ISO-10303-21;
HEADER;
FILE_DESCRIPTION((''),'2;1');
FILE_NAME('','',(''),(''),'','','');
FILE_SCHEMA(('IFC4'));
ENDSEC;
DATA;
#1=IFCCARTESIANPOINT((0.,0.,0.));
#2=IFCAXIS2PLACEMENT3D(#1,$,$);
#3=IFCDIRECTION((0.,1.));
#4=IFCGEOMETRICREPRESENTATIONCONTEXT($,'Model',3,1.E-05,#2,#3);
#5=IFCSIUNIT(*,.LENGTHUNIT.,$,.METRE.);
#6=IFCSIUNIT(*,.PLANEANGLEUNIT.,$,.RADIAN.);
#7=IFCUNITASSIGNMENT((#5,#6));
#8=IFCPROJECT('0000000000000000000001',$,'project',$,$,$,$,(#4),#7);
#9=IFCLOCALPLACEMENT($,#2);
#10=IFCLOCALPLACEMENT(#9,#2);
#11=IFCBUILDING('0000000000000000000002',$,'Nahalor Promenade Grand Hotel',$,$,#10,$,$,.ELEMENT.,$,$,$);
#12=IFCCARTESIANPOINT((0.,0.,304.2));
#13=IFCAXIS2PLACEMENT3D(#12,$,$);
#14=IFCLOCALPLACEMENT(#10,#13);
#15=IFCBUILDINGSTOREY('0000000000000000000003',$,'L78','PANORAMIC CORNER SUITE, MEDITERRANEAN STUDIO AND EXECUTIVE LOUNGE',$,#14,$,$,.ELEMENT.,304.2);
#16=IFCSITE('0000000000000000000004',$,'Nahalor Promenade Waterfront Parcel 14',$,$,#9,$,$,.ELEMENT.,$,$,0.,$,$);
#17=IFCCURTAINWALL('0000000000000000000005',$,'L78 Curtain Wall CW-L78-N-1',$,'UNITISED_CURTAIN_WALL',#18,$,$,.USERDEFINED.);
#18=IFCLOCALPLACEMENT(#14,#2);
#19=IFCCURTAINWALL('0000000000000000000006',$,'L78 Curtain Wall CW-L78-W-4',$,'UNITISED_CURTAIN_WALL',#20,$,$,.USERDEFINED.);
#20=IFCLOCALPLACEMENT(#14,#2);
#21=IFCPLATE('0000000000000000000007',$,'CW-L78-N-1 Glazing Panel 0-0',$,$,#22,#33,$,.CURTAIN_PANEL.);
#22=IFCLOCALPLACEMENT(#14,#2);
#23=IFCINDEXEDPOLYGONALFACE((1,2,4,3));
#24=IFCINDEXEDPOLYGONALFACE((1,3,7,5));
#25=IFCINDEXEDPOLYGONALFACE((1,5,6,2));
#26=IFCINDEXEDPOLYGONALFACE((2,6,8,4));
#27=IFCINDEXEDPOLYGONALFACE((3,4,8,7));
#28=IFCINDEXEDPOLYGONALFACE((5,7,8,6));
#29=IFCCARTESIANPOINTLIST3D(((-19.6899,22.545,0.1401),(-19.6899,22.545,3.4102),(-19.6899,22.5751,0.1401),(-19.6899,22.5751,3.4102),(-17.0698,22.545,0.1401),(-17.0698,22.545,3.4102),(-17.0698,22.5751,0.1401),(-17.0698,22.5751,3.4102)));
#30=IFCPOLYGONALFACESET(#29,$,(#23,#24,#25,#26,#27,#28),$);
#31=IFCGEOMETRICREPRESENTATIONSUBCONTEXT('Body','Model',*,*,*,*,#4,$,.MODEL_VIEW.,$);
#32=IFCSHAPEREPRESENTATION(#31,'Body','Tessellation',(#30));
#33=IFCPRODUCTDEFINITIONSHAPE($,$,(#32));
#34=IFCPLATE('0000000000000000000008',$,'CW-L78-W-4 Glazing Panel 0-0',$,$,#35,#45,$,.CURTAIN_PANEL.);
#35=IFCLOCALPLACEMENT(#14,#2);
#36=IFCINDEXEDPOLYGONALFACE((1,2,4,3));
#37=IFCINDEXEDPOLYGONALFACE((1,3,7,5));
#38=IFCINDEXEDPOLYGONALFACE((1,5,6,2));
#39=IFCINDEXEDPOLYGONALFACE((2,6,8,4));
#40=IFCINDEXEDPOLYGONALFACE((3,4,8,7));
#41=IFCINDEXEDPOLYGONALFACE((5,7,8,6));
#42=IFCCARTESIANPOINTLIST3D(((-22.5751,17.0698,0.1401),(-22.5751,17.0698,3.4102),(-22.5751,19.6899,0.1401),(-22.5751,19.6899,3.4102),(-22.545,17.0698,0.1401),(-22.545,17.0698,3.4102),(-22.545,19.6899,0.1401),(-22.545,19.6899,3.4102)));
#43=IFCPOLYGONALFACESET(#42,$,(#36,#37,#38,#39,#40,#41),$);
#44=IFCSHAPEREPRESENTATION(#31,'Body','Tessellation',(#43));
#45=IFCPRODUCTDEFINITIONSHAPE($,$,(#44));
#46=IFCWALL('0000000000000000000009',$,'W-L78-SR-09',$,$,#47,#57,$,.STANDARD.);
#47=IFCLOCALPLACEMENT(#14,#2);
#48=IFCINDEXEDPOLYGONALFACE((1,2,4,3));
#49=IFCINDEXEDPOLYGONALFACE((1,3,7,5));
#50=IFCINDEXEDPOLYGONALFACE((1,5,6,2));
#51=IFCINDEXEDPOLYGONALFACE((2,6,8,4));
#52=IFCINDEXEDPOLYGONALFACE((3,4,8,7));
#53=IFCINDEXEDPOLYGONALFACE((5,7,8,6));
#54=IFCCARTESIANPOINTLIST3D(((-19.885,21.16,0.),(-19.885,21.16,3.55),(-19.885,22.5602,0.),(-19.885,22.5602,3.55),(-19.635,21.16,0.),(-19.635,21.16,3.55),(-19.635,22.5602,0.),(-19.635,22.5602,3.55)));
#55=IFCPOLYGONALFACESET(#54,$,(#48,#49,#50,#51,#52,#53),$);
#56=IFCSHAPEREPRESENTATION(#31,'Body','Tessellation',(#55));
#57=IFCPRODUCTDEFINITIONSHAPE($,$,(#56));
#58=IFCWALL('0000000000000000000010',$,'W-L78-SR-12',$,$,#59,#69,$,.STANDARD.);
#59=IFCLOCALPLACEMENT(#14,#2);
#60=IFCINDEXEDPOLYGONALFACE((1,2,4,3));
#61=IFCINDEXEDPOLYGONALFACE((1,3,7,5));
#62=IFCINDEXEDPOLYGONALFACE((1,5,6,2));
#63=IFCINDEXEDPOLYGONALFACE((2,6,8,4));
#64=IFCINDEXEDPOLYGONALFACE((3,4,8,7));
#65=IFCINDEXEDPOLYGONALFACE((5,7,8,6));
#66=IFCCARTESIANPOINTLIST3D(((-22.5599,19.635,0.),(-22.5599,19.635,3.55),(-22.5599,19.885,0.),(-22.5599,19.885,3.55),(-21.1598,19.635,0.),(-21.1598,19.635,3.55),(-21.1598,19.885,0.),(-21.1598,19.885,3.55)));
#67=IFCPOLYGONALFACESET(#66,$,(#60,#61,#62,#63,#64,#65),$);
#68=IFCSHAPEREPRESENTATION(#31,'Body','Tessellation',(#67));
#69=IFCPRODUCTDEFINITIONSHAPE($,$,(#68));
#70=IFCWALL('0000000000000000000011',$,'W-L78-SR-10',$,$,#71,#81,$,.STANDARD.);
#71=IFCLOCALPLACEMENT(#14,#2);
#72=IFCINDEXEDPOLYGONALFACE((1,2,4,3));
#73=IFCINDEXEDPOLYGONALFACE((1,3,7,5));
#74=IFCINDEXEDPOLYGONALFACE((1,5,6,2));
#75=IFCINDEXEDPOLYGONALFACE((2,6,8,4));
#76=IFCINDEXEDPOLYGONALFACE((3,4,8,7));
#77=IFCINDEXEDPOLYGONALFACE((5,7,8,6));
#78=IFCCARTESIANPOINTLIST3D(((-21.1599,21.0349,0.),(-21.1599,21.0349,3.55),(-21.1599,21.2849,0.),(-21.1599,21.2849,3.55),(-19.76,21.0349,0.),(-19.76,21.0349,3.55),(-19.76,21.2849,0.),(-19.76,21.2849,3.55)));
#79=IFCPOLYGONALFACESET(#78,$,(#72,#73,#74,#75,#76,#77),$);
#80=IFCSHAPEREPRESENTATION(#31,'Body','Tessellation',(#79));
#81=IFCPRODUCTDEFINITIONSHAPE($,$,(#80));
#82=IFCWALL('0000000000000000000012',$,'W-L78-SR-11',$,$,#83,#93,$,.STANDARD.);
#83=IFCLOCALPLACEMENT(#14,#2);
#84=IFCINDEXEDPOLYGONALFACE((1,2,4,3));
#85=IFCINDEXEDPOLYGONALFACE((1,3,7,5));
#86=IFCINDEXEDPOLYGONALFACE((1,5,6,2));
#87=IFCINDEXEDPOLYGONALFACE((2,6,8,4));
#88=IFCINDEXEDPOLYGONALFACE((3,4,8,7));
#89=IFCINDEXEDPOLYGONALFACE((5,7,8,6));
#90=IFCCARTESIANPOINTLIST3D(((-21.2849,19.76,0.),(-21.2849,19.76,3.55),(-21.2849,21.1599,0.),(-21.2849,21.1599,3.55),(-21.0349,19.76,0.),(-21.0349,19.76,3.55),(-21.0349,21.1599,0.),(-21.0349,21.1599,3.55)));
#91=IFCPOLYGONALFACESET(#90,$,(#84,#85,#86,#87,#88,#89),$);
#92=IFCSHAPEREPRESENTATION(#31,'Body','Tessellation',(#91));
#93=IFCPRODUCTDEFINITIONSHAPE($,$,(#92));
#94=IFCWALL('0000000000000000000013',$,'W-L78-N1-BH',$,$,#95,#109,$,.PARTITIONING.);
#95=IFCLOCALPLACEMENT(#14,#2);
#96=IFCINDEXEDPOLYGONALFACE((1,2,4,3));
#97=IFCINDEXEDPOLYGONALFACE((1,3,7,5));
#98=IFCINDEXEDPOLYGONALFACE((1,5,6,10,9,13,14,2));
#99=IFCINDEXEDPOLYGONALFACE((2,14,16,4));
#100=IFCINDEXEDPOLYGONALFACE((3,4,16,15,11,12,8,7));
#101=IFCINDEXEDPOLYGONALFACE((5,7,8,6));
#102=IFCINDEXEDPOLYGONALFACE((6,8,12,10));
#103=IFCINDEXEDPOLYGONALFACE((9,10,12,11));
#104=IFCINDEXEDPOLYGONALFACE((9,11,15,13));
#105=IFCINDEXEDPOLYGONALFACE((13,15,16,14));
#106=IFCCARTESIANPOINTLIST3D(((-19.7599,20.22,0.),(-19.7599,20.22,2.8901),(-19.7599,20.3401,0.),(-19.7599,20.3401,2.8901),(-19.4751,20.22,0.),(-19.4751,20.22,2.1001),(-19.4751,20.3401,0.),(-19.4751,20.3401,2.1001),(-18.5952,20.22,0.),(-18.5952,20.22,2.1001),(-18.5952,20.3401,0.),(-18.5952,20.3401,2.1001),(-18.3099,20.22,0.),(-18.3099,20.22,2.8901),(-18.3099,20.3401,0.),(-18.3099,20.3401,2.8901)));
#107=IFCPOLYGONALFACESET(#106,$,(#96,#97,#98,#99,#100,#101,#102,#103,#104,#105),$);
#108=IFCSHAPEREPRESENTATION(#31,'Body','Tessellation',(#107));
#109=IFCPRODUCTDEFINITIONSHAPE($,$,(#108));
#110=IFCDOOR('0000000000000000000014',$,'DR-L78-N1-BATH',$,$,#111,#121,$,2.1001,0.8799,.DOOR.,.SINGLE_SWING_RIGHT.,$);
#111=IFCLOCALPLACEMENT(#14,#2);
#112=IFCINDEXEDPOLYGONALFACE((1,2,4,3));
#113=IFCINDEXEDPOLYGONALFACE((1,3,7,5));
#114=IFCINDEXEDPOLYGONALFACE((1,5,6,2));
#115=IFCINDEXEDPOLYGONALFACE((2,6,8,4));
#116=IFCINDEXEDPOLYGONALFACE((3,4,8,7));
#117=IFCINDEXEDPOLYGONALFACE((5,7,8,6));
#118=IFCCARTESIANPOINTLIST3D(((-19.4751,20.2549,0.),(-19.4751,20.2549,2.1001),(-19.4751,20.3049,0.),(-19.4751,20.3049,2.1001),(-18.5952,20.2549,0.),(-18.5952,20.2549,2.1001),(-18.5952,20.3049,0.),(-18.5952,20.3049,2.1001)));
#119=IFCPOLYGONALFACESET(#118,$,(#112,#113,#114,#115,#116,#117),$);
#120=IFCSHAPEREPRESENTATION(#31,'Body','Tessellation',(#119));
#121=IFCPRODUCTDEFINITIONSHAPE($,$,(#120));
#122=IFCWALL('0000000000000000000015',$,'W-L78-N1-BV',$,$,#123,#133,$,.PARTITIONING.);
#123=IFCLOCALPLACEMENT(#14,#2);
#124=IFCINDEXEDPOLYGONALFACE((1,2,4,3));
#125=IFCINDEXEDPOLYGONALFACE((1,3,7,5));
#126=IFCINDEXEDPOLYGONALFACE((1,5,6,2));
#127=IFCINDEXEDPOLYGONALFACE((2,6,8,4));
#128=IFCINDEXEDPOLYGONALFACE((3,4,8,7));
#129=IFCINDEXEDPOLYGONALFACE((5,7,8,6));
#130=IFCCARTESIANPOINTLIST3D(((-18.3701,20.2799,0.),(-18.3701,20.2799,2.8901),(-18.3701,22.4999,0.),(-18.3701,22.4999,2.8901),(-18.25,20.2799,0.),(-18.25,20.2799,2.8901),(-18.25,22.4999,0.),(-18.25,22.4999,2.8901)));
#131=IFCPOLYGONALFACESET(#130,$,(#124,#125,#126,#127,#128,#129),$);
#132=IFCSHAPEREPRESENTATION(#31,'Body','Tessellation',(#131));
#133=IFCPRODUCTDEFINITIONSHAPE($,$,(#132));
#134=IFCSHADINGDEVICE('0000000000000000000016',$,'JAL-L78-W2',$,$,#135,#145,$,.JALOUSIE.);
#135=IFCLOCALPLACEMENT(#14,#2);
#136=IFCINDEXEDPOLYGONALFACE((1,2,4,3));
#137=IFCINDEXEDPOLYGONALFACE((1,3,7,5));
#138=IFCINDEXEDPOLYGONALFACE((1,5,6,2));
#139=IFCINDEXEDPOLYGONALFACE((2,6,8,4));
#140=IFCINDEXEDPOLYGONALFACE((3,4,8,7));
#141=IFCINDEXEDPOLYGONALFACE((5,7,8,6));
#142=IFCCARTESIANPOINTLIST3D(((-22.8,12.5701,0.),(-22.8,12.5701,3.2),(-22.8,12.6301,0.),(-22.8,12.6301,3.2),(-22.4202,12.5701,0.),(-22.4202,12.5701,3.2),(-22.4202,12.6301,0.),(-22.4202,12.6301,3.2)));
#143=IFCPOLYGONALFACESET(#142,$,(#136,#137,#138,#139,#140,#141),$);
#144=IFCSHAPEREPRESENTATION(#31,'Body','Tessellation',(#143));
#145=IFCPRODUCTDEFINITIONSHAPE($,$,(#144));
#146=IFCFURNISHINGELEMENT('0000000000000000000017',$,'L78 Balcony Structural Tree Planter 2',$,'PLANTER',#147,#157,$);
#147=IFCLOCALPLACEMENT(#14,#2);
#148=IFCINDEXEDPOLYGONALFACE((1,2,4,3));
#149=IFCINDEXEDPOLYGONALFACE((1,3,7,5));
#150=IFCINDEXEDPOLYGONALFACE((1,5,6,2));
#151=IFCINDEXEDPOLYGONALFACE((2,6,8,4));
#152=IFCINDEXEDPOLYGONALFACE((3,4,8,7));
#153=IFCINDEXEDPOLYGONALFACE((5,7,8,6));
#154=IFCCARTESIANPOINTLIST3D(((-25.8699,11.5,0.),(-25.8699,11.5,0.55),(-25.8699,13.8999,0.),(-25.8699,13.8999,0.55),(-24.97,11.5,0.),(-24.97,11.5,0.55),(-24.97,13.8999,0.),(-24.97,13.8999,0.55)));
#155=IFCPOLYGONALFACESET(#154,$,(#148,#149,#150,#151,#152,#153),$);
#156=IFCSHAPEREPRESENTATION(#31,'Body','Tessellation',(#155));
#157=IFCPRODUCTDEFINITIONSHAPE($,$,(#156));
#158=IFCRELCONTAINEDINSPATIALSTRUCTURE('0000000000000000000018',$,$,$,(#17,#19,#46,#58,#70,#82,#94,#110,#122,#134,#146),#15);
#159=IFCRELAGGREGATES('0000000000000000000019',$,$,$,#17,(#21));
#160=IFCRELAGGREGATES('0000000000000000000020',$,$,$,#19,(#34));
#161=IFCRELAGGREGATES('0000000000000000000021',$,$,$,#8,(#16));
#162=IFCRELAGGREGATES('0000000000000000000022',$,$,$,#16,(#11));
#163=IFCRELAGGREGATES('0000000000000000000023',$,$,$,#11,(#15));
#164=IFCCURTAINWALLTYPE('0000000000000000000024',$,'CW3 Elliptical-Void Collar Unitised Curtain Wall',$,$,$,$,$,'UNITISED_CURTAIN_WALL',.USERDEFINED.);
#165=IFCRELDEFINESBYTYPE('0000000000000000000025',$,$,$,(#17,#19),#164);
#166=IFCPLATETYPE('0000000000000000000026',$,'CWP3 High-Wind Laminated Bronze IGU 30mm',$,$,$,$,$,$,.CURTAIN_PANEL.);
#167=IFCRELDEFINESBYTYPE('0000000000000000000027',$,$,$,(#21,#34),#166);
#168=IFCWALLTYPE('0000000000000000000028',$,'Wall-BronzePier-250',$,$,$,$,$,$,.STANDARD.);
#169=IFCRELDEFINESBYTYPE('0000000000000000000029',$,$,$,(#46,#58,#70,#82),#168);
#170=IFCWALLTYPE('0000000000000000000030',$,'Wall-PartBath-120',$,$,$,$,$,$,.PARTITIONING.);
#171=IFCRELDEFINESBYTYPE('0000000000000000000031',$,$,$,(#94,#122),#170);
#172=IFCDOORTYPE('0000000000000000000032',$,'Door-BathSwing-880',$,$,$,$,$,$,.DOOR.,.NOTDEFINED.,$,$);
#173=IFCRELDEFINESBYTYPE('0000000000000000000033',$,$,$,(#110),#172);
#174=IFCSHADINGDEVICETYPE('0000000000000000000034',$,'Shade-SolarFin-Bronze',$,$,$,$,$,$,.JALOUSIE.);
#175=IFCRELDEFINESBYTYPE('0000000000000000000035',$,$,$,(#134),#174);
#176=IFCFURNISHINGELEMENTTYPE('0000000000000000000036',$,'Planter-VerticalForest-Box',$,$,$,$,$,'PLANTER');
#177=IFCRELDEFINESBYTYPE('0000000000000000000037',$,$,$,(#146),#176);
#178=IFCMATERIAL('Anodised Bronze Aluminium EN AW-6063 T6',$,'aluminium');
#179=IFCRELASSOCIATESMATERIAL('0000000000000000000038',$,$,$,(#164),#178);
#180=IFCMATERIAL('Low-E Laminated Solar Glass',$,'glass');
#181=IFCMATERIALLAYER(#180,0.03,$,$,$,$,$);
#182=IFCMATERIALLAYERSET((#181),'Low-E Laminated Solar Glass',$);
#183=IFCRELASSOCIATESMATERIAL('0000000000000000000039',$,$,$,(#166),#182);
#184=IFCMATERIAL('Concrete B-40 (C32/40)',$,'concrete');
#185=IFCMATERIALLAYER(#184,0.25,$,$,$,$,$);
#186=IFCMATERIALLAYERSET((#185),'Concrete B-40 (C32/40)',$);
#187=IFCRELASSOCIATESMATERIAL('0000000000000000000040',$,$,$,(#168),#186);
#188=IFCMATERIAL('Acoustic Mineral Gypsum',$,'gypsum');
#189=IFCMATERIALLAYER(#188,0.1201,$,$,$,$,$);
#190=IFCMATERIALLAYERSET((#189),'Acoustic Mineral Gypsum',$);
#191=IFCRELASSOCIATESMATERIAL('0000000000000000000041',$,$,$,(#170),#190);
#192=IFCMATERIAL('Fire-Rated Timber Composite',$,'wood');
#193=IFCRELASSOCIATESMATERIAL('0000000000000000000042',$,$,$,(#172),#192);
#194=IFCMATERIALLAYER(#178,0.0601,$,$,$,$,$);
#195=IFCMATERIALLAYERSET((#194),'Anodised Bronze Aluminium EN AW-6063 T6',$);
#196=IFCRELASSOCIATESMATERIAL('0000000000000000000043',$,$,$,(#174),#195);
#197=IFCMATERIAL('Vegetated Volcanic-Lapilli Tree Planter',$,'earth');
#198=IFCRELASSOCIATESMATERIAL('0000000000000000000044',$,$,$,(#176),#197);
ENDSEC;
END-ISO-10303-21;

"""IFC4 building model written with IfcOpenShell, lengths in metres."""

from ifc_helpers import new_model, si_unit, direction, frame, frame_2d, origin, origin_2d, place, context, subcontext, project, spatial, rectangle, extrude, source, transform, mapped, material, layer, layer_set, type_object, element, fill, aggregate, save


model = new_model("IFC4")

# Units and contexts
model_context = context("Model", 3, precision=1e-05, world=origin(), true_north=direction((0.0, 1.0)))
body_context = subcontext(model_context, "Body", "Model", "MODEL_VIEW")
ifc_project = project(units=[si_unit("LENGTHUNIT", "METRE"), si_unit("PLANEANGLEUNIT", "RADIAN")], contexts=[model_context])

# Site, building, storey
site_placement = place(None, origin())
site = spatial("IfcSite", under=ifc_project, at=site_placement, Name="Nahalor Promenade Waterfront Parcel 14", CompositionType="ELEMENT", RefElevation=0.0)
building_placement = place(site_placement, origin())
building = spatial("IfcBuilding", under=site, at=building_placement, Name="Nahalor Promenade Grand Hotel", CompositionType="ELEMENT")
storey_placement = place(building_placement, frame((0.0, 0.0, 304.2)))
storey = spatial("IfcBuildingStorey", under=building, at=storey_placement, Name="L78", Description="PANORAMIC CORNER SUITE, MEDITERRANEAN STUDIO AND EXECUTIVE LOUNGE", CompositionType="ELEMENT", Elevation=304.2)

# Curtain walls
ifc_material_1 = material(Name="Anodised Bronze Aluminium EN AW-6063 T6", Category="aluminium")
curtain_wall_type = type_object("IfcCurtainWallType", Name="CW3 Elliptical-Void Collar Unitised Curtain Wall", ElementType="UNITISED_CURTAIN_WALL", PredefinedType="USERDEFINED", material=ifc_material_1)
curtain_wall_1_placement = place(storey_placement, origin())
curtain_wall_1 = element("IfcCurtainWall", 1, at=curtain_wall_1_placement, inside=storey, type_object=curtain_wall_type, Name="L78 Curtain Wall CW-L78-N-1", ObjectType="UNITISED_CURTAIN_WALL", PredefinedType="USERDEFINED")
curtain_wall_2_placement = place(storey_placement, origin())
curtain_wall_2 = element("IfcCurtainWall", 2, at=curtain_wall_2_placement, inside=storey, type_object=curtain_wall_type, Name="L78 Curtain Wall CW-L78-W-4", ObjectType="UNITISED_CURTAIN_WALL", PredefinedType="USERDEFINED")

# Plates
ifc_material_2 = material(Name="Low-E Laminated Solar Glass", Category="glass")
ifc_layer_1 = layer(ifc_material_2, 0.03)
ifc_layer_set_1 = layer_set([ifc_layer_1], Name="Low-E Laminated Solar Glass")
plate_type = type_object("IfcPlateType", Name="CWP3 High-Wind Laminated Bronze IGU 30mm", PredefinedType="CURTAIN_PANEL", material=ifc_layer_set_1)
shared_shape_1 = source(origin(), body_context, "Body", "SweptSolid", [
    extrude(rectangle(XDim=2.6201, YDim=0.03, at=origin_2d()), origin(), (0.0, 0.0, 1.0), 3.27),
])
plate_1_placement = place(storey_placement, frame((-18.3799, 22.5601, 0.1401), z_axis=(0.0, 0.0, 1.0), x_axis=(1.0, 0.0, 0.0)))
plate_1 = element("IfcPlate", 3, at=plate_1_placement, type_object=plate_type, Name="CW-L78-N-1 Glazing Panel 0-0", PredefinedType="CURTAIN_PANEL", context=body_context, shape_type="MappedRepresentation", body=[
    mapped(shared_shape_1, transform((0.0, 0.0, 0.0), scale=1.0)),
])
aggregate(curtain_wall_1, [plate_1])
plate_2_placement = place(storey_placement, frame((-22.5601, 18.3799, 0.1401), z_axis=(0.0, 0.0, 1.0), x_axis=(0.0, 1.0, 0.0)))
plate_2 = element("IfcPlate", 4, at=plate_2_placement, type_object=plate_type, Name="CW-L78-W-4 Glazing Panel 0-0", PredefinedType="CURTAIN_PANEL", context=body_context, shape_type="MappedRepresentation", body=[
    mapped(shared_shape_1, transform((0.0, 0.0, 0.0), scale=1.0)),
])
aggregate(curtain_wall_2, [plate_2])

# Walls
ifc_material_3 = material(Name="Concrete B-40 (C32/40)", Category="concrete")
ifc_layer_2 = layer(ifc_material_3, 0.25)
ifc_layer_set_2 = layer_set([ifc_layer_2], Name="Concrete B-40 (C32/40)")
wall_type_1 = type_object("IfcWallType", Name="Wall-BronzePier-250", PredefinedType="STANDARD", material=ifc_layer_set_2)
shared_shape_2 = source(origin(), body_context, "Body", "SweptSolid", [
    extrude(rectangle(XDim=1.4001, YDim=0.25, at=frame_2d((0.7002, 0.0))), origin(), (0.0, 0.0, 1.0), 3.55),
])
for number, where, z_axis, x_axis, name in (
    (5, (-19.76, 21.1599, 0.0), (0.0, 0.0, 1.0), (0.0, 1.0, 0.0), "W-L78-SR-09"),
    (6, (-22.5601, 19.76, 0.0), (0.0, 0.0, 1.0), (1.0, 0.0, 0.0), "W-L78-SR-12"),
):
    element("IfcWall", number, at=place(storey_placement, frame(where, z_axis=z_axis, x_axis=x_axis)), inside=storey, type_object=wall_type_1, Name=name, PredefinedType="STANDARD", context=body_context, shape_type="MappedRepresentation", body=[
        mapped(shared_shape_2, transform((0.0, 0.0, 0.0), scale=1.0)),
    ])
shared_shape_3 = source(origin(), body_context, "Body", "SweptSolid", [
    extrude(rectangle(XDim=1.3999, YDim=0.25, at=frame_2d((0.7, 0.0))), origin(), (0.0, 0.0, 1.0), 3.55),
])
for number, where, z_axis, x_axis, name in (
    (7, (-21.1599, 21.1599, 0.0), (0.0, 0.0, 1.0), (1.0, 0.0, 0.0), "W-L78-SR-10"),
    (8, (-21.1599, 19.76, 0.0), (0.0, 0.0, 1.0), (0.0, 1.0, 0.0), "W-L78-SR-11"),
):
    element("IfcWall", number, at=place(storey_placement, frame(where, z_axis=z_axis, x_axis=x_axis)), inside=storey, type_object=wall_type_1, Name=name, PredefinedType="STANDARD", context=body_context, shape_type="MappedRepresentation", body=[
        mapped(shared_shape_3, transform((0.0, 0.0, 0.0), scale=1.0)),
    ])

# Wall, opening, door
ifc_material_4 = material(Name="Acoustic Mineral Gypsum", Category="gypsum")
ifc_layer_3 = layer(ifc_material_4, 0.1201)
ifc_layer_set_3 = layer_set([ifc_layer_3], Name="Acoustic Mineral Gypsum")
wall_type_2 = type_object("IfcWallType", Name="Wall-PartBath-120", PredefinedType="PARTITIONING", material=ifc_layer_set_3)
shared_shape_4 = source(origin(), body_context, "Body", "SweptSolid", [
    extrude(rectangle(XDim=1.45, YDim=0.1201, at=frame_2d((0.7251, 0.0))), origin(), (0.0, 0.0, 1.0), 2.8901),
])
wall_1_placement = place(storey_placement, frame((-19.76, 20.28, 0.0), z_axis=(0.0, 0.0, 1.0), x_axis=(1.0, 0.0, 0.0)))
wall_1 = element("IfcWall", 9, at=wall_1_placement, inside=storey, type_object=wall_type_2, Name="W-L78-N1-BH", PredefinedType="PARTITIONING", context=body_context, shape_type="MappedRepresentation", body=[
    mapped(shared_shape_4, transform((0.0, 0.0, 0.0), scale=1.0)),
])
opening_placement = place(wall_1_placement, frame((0.2849, 0.0, 0.0)))
opening = element("IfcOpeningElement", 10, at=opening_placement, cuts=wall_1, PredefinedType="OPENING", context=body_context, shape_type="SweptSolid", body=[
    extrude(rectangle(XDim=0.8799, YDim=2.1001, at=frame_2d((0.4399, 1.05))), frame((0.0, 0.0701, 0.0), z_axis=(0.0, -1.0, 0.0), x_axis=(1.0, 0.0, 0.0)), (0.0, 0.0, 1.0), 0.1401),
])
ifc_material_5 = material(Name="Fire-Rated Timber Composite", Category="wood")
door_type = type_object("IfcDoorType", Name="Door-BathSwing-880", OperationType="NOTDEFINED", PredefinedType="DOOR", material=ifc_material_5)
shared_shape_5 = source(origin(), body_context, "Body", "SweptSolid", [
    extrude(rectangle(XDim=0.8799, YDim=2.1001, at=frame_2d((0.4399, 1.05))), frame((0.0, 0.0249, 0.0), z_axis=(0.0, -1.0, 0.0), x_axis=(1.0, 0.0, 0.0)), (0.0, 0.0, 1.0), 0.05),
])
door_placement = place(opening_placement, origin())
door = element("IfcDoor", 11, at=door_placement, inside=storey, type_object=door_type, Name="DR-L78-N1-BATH", OperationType="SINGLE_SWING_RIGHT", OverallHeight=2.1001, OverallWidth=0.8799, PredefinedType="DOOR", context=body_context, shape_type="MappedRepresentation", body=[
    mapped(shared_shape_5, transform((0.0, 0.0, 0.0), scale=1.0)),
])
fill(opening, door)

# Wall
shared_shape_6 = source(origin(), body_context, "Body", "SweptSolid", [
    extrude(rectangle(XDim=2.22, YDim=0.1201, at=frame_2d((1.1099, 0.0))), origin(), (0.0, 0.0, 1.0), 2.8901),
])
wall_2_placement = place(storey_placement, frame((-18.3101, 20.28, 0.0), z_axis=(0.0, 0.0, 1.0), x_axis=(0.0, 1.0, 0.0)))
element("IfcWall", 12, at=wall_2_placement, inside=storey, type_object=wall_type_2, Name="W-L78-N1-BV", PredefinedType="PARTITIONING", context=body_context, shape_type="MappedRepresentation", body=[
    mapped(shared_shape_6, transform((0.0, 0.0, 0.0), scale=1.0)),
])

# Shading device
ifc_layer_4 = layer(ifc_material_1, 0.0601)
ifc_layer_set_4 = layer_set([ifc_layer_4], Name="Anodised Bronze Aluminium EN AW-6063 T6")
shading_device_type = type_object("IfcShadingDeviceType", Name="Shade-SolarFin-Bronze", PredefinedType="JALOUSIE", material=ifc_layer_set_4)
shared_shape_7 = source(origin(), body_context, "Body", "SweptSolid", [
    extrude(rectangle(XDim=0.3799, YDim=0.0601, at=origin_2d()), origin(), (0.0, 0.0, 1.0), 3.2),
])
shading_device_placement = place(storey_placement, frame((-22.6101, 12.6001, 0.0), z_axis=(0.0, 0.0, 1.0), x_axis=(1.0, 0.0, 0.0)))
element("IfcShadingDevice", 13, at=shading_device_placement, inside=storey, type_object=shading_device_type, Name="JAL-L78-W2", PredefinedType="JALOUSIE", context=body_context, shape_type="MappedRepresentation", body=[
    mapped(shared_shape_7, transform((0.0, 0.0, 0.0), scale=1.0)),
])

# Furnishing element
ifc_material_6 = material(Name="Vegetated Volcanic-Lapilli Tree Planter", Category="earth")
furnishing_element_type = type_object("IfcFurnishingElementType", Name="Planter-VerticalForest-Box", ElementType="PLANTER", material=ifc_material_6)
shared_shape_8 = source(origin(), body_context, "Body", "SweptSolid", [
    extrude(rectangle(XDim=2.3999, YDim=0.8999, at=origin_2d()), origin(), (0.0, 0.0, 1.0), 0.55),
])
furnishing_placement = place(storey_placement, frame((-25.4199, 12.7, 0.0), z_axis=(0.0, 0.0, 1.0), x_axis=(0.0, 1.0, 0.0)))
element("IfcFurnishingElement", 14, at=furnishing_placement, inside=storey, type_object=furnishing_element_type, Name="L78 Balcony Structural Tree Planter 2", ObjectType="PLANTER", context=body_context, shape_type="MappedRepresentation", body=[
    mapped(shared_shape_8, transform((0.0, 0.0, 0.0), scale=1.0)),
])

save(model, "model.ifc")
